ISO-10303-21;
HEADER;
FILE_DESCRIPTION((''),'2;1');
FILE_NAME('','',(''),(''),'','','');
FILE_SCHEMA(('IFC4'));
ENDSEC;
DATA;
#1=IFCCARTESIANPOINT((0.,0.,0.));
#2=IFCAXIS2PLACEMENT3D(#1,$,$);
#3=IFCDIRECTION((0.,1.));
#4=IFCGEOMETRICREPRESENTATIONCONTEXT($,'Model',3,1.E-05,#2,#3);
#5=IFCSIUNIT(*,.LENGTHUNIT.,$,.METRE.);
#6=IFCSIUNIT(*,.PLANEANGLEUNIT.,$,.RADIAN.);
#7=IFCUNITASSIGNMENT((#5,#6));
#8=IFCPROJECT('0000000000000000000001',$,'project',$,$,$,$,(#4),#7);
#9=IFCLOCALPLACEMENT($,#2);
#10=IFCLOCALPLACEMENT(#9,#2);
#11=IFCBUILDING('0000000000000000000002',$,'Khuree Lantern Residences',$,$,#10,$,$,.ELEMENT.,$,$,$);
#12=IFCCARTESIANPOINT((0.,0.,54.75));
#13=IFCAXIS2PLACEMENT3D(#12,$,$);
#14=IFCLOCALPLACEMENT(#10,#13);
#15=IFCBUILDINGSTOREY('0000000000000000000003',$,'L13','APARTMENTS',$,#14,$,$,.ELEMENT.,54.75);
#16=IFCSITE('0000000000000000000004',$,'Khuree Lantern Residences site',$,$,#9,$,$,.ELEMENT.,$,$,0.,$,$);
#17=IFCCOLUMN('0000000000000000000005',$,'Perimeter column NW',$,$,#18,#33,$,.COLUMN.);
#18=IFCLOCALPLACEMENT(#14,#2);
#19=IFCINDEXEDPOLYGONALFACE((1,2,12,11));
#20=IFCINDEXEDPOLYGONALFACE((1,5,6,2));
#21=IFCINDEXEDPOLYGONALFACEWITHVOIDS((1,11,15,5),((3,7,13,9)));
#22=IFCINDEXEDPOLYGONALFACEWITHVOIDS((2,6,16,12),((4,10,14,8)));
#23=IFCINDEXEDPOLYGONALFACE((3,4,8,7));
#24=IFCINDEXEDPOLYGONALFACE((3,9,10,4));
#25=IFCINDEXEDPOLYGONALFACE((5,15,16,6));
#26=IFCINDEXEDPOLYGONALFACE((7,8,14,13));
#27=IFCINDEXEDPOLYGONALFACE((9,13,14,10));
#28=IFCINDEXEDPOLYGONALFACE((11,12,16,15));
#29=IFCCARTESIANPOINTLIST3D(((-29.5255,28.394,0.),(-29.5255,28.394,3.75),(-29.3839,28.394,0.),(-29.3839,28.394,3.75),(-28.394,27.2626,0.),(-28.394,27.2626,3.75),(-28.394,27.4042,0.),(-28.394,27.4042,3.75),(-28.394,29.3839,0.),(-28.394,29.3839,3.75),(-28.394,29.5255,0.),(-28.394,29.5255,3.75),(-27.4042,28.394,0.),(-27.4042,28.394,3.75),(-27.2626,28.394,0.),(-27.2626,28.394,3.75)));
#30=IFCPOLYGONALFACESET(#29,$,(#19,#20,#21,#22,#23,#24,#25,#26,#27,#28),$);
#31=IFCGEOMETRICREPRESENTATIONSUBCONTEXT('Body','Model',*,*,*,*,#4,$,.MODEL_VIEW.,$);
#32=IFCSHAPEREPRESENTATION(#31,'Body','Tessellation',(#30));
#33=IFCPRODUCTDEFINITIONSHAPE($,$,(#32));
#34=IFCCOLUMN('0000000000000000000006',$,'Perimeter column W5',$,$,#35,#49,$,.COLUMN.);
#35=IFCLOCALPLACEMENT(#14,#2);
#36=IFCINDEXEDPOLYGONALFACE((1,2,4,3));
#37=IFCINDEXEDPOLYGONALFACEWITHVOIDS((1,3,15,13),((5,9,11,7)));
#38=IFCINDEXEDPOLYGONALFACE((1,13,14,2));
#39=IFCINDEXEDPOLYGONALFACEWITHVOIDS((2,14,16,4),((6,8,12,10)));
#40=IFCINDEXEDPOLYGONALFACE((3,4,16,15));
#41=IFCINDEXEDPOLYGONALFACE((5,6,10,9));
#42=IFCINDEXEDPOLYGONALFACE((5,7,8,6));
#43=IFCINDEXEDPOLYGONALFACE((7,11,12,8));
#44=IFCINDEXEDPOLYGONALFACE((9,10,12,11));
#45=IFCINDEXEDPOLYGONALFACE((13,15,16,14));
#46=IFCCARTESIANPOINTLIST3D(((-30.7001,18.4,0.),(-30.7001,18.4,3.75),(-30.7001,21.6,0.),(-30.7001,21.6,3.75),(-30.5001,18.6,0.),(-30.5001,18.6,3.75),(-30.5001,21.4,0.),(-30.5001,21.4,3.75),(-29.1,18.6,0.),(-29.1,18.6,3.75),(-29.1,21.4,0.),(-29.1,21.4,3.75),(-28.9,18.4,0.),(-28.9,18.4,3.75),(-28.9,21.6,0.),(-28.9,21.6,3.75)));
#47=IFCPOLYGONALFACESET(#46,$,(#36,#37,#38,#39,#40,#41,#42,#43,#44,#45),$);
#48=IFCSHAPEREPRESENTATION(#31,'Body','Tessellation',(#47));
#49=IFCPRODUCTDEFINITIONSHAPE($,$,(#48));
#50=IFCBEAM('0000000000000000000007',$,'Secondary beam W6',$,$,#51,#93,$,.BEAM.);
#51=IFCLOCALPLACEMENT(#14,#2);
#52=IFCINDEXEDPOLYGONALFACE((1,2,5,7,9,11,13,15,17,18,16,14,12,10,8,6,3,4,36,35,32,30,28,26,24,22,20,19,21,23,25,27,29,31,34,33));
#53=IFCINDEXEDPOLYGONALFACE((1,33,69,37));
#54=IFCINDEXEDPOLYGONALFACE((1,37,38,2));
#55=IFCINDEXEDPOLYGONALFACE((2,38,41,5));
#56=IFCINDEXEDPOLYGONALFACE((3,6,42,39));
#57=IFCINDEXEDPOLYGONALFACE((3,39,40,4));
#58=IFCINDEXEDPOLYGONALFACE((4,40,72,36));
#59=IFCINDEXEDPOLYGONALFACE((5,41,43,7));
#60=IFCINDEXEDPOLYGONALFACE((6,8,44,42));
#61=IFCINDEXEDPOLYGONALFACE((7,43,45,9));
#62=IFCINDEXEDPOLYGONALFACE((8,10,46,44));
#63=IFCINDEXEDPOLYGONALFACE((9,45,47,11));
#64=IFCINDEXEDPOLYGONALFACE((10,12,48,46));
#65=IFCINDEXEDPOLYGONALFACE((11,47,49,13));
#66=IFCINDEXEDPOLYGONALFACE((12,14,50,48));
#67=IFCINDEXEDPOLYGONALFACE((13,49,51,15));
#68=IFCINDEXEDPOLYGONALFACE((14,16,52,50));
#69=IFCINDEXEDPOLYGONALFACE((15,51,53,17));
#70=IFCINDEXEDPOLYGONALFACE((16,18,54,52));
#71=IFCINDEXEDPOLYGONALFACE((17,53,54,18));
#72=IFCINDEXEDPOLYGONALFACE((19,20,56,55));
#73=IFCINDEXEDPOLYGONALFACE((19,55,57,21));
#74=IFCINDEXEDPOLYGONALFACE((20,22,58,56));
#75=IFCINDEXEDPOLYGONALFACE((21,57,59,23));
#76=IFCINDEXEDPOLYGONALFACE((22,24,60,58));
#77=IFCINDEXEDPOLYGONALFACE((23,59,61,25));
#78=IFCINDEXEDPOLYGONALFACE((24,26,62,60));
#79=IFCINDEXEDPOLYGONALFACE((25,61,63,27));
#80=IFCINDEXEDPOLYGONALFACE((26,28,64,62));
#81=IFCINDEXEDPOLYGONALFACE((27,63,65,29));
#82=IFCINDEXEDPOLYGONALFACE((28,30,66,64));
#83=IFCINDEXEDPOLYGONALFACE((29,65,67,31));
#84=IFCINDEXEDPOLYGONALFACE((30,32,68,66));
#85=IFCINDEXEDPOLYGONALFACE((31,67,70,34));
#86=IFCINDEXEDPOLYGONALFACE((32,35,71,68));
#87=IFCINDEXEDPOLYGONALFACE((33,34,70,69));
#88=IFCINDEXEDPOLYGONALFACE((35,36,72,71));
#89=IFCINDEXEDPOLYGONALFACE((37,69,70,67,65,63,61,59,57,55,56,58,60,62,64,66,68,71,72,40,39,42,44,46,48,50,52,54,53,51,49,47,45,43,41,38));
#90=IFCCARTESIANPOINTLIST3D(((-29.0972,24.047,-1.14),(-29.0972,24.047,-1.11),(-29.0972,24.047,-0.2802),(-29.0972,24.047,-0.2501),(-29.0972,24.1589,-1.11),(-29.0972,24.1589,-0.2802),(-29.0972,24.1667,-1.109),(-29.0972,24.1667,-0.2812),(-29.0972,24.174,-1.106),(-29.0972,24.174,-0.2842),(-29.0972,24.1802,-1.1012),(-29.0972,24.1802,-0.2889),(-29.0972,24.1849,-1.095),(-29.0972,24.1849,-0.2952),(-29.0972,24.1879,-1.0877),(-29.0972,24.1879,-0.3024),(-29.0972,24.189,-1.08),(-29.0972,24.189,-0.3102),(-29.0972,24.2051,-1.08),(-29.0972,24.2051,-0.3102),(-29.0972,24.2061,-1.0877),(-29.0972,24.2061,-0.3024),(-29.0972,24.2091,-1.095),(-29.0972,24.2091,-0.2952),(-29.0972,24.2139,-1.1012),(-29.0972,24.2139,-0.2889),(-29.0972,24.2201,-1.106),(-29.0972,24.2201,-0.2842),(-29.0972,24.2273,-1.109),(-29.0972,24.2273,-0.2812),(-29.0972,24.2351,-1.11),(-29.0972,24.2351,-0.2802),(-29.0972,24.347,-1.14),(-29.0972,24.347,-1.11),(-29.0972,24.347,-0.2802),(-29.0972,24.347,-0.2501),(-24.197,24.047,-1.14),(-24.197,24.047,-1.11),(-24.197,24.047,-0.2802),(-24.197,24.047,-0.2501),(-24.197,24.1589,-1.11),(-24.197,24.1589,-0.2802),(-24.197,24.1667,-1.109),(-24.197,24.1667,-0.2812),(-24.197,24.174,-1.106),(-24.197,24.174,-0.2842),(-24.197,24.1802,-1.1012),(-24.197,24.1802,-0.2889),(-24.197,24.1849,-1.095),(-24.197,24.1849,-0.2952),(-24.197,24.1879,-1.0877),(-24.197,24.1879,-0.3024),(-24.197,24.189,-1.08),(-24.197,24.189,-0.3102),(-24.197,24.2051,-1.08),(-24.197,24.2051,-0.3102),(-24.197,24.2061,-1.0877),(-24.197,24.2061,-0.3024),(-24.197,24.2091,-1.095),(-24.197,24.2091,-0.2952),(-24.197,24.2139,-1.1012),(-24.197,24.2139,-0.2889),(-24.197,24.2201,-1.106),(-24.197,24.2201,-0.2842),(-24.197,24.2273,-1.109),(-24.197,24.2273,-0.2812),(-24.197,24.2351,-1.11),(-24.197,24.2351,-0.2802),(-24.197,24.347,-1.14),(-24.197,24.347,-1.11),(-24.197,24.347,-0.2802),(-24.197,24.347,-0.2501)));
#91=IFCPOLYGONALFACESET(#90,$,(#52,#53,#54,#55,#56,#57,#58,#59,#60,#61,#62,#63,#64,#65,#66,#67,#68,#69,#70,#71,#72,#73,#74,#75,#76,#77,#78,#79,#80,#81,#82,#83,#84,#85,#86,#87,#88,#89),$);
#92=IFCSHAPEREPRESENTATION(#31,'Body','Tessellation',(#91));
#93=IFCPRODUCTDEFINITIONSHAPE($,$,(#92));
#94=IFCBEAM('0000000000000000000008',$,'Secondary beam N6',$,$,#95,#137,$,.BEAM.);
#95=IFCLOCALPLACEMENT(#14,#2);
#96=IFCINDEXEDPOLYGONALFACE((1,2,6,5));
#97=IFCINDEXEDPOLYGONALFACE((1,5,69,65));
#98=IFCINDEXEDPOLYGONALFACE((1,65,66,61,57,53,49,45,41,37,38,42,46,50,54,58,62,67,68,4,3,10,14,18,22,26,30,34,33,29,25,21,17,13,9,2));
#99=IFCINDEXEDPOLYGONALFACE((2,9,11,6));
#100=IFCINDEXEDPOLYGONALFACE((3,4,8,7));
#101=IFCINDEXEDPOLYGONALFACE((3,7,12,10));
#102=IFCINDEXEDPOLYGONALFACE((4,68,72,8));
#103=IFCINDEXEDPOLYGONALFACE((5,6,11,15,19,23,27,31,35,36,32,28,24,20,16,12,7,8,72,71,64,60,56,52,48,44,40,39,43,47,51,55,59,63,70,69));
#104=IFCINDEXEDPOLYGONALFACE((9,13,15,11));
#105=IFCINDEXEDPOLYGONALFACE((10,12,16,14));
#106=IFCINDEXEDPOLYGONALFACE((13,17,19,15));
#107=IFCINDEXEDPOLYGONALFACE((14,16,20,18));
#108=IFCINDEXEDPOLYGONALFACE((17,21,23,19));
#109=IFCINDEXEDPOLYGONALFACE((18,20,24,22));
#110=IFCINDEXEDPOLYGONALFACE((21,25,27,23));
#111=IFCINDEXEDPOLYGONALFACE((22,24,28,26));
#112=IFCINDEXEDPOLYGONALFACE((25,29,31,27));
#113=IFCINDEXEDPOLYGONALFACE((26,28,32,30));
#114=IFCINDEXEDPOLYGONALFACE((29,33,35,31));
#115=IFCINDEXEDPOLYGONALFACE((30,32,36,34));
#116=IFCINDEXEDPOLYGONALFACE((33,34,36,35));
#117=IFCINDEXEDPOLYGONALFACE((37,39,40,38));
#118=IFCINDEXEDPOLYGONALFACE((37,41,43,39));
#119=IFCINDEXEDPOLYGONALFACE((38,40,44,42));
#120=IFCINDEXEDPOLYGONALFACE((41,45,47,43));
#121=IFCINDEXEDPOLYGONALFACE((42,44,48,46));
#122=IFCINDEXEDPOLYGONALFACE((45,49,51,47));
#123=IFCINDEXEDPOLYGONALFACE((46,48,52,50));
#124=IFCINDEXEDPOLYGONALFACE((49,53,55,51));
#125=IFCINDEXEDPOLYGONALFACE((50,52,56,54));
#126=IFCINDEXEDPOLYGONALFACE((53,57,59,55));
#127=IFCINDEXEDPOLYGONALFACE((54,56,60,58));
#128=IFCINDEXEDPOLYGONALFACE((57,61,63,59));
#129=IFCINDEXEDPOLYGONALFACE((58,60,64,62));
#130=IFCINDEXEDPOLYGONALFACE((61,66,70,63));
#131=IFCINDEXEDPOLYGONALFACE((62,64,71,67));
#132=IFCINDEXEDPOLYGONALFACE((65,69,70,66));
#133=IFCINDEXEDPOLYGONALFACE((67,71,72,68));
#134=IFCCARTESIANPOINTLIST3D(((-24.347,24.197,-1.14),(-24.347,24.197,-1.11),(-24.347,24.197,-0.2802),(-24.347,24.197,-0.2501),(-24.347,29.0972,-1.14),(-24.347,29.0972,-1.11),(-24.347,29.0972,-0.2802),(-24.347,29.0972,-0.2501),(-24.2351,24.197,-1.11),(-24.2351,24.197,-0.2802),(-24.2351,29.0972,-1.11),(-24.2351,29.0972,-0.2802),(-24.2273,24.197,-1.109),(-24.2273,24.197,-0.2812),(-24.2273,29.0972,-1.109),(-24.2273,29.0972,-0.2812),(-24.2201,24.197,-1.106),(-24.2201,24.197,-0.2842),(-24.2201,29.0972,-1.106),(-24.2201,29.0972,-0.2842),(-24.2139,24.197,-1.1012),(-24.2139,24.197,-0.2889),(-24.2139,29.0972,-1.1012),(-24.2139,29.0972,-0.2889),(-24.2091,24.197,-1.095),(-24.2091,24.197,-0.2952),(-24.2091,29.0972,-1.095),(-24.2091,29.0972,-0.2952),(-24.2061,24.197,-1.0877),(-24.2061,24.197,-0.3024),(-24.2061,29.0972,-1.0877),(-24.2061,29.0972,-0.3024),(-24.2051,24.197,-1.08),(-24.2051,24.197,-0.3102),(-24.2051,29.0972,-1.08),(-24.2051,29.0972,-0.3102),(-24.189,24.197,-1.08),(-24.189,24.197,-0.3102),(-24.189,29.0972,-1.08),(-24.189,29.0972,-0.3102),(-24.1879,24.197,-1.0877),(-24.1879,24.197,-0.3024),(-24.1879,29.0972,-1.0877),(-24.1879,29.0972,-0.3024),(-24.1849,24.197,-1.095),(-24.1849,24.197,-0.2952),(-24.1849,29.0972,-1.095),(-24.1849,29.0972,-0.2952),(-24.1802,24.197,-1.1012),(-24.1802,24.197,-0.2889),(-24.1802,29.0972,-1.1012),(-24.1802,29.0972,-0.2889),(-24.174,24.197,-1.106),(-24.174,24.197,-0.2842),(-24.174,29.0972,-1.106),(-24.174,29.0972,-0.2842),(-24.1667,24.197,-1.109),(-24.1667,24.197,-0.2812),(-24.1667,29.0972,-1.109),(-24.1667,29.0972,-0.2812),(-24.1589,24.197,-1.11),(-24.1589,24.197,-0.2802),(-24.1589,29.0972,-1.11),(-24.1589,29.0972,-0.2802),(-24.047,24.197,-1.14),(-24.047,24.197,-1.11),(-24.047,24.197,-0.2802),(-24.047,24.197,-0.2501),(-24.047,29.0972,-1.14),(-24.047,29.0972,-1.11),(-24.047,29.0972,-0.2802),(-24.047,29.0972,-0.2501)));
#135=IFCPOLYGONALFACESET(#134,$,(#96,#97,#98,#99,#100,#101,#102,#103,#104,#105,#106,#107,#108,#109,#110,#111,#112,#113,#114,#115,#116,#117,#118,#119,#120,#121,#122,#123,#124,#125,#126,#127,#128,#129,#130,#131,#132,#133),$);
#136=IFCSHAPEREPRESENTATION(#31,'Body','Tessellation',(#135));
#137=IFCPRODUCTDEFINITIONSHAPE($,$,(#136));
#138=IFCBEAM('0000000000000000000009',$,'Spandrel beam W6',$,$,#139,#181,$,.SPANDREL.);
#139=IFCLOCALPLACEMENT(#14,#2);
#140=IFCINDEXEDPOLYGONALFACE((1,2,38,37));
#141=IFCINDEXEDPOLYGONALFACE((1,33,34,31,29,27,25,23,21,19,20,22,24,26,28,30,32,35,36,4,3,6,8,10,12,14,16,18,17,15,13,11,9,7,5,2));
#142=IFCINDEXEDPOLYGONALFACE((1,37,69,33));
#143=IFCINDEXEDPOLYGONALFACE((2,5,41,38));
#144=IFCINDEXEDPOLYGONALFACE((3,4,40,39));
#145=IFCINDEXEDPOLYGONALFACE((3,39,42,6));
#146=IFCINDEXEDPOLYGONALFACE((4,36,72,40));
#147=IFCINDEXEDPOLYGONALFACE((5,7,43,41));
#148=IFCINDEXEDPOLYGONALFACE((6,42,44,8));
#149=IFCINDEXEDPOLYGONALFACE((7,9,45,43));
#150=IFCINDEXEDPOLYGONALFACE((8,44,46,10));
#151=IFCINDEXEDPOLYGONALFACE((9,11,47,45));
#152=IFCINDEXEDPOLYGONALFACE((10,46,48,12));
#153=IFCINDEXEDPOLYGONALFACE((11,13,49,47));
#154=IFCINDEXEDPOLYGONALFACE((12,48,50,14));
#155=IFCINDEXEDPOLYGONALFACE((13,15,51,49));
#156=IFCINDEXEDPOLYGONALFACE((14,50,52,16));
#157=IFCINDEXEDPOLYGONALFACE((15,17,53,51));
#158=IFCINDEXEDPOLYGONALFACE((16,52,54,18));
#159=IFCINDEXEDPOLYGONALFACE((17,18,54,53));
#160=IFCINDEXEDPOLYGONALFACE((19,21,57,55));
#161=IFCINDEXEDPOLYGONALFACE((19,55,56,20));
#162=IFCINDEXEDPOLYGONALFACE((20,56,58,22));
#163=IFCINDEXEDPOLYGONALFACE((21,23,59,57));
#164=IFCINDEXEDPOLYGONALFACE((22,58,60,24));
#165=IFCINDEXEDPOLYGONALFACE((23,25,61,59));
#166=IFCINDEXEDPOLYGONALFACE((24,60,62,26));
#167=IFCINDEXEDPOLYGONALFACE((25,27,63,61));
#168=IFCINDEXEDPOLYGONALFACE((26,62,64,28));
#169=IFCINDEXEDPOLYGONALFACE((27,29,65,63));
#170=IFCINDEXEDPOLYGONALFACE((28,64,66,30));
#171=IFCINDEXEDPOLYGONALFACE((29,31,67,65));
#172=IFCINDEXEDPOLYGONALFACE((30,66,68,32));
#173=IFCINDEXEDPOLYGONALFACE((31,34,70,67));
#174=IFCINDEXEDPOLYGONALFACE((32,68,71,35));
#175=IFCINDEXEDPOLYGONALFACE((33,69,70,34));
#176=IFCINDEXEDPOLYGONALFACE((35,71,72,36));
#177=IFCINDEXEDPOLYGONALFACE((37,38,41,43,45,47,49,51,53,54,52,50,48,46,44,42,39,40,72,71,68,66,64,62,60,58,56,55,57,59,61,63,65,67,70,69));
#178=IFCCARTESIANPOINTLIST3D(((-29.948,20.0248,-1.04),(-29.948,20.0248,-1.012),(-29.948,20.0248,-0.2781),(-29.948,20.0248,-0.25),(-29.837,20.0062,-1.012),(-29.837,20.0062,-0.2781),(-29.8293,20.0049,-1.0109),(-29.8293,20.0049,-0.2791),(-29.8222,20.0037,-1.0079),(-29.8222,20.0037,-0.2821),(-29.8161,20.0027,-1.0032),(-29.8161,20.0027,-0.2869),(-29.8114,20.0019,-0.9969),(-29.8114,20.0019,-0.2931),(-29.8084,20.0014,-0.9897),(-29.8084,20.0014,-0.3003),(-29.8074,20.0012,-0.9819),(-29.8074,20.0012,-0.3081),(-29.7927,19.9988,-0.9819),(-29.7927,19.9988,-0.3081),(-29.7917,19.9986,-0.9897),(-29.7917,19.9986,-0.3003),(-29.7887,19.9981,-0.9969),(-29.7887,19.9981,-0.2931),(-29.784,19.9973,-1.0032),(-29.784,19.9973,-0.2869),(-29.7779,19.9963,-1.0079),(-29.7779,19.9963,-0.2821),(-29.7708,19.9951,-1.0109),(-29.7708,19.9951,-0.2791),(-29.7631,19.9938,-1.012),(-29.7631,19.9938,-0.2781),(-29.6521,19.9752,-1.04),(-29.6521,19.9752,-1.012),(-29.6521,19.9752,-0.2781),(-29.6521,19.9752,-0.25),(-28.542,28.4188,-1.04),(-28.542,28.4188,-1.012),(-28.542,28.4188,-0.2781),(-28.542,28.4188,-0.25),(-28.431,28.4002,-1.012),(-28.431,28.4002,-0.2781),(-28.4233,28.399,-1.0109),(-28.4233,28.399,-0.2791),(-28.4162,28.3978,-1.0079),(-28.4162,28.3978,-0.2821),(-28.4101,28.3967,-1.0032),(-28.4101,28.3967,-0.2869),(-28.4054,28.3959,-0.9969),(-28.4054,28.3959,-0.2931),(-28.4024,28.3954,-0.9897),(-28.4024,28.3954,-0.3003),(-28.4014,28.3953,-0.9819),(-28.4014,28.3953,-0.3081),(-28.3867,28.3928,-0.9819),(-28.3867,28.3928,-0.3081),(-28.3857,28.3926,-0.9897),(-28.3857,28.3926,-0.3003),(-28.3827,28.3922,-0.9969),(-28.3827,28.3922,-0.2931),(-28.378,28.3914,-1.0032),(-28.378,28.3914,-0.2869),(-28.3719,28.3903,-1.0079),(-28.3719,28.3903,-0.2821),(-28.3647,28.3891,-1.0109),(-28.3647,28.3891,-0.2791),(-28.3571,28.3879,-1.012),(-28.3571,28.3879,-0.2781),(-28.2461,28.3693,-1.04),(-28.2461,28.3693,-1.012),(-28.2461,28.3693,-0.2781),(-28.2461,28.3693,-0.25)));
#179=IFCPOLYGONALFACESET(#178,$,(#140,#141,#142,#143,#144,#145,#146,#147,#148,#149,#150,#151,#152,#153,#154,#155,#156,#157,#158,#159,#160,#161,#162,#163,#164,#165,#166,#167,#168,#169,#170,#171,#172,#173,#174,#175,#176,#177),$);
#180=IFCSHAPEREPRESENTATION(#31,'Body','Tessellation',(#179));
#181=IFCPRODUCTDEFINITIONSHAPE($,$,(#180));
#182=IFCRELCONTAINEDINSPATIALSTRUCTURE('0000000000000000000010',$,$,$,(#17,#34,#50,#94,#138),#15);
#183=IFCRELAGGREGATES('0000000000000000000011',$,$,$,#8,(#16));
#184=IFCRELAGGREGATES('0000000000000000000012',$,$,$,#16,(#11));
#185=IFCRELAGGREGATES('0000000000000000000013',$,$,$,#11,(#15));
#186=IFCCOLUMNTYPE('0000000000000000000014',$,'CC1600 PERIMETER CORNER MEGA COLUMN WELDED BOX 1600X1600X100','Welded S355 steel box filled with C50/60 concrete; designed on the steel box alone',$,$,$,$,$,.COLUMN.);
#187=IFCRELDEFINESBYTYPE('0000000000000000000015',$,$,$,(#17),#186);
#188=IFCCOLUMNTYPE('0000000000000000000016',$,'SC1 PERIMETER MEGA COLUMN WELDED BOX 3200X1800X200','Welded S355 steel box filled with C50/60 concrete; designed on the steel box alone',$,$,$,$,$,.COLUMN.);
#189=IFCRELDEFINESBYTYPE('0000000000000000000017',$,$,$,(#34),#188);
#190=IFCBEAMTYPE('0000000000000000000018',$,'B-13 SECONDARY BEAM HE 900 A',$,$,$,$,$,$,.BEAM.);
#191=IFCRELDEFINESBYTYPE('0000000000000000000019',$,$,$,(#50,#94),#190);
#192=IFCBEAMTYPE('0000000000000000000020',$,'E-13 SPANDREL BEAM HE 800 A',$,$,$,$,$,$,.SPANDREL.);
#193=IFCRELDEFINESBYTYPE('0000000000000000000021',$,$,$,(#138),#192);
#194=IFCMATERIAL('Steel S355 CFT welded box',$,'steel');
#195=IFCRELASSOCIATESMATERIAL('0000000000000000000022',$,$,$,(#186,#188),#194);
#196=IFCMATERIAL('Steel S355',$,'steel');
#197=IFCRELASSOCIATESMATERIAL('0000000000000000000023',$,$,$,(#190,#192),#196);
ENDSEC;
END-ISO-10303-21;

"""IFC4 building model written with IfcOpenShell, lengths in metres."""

from ifc_helpers import new_model, si_unit, direction, frame, origin, origin_2d, place, context, subcontext, project, spatial, hollow_rectangle, i_section, extrude, material, material_profile, profile_set, type_object, element, save


model = new_model("IFC4")

# Units and contexts
model_context = context("Model", 3, precision=1e-05, world=origin(), true_north=direction((0.0, 1.0)))
body_context = subcontext(model_context, "Body", "Model", "MODEL_VIEW")
ifc_project = project(units=[si_unit("LENGTHUNIT", "METRE"), si_unit("PLANEANGLEUNIT", "RADIAN")], contexts=[model_context])

# Site, building, storey
site_placement = place(None, origin())
site = spatial("IfcSite", under=ifc_project, at=site_placement, Name="Khuree Lantern Residences site", CompositionType="ELEMENT", RefElevation=0.0)
building_placement = place(site_placement, origin())
building = spatial("IfcBuilding", under=site, at=building_placement, Name="Khuree Lantern Residences", CompositionType="ELEMENT")
storey_placement = place(building_placement, frame((0.0, 0.0, 54.75)))
storey = spatial("IfcBuildingStorey", under=building, at=storey_placement, Name="L13", Description="APARTMENTS", CompositionType="ELEMENT", Elevation=54.75)

# Columns
ifc_material_1 = material(Name="Steel S355 CFT welded box", Category="steel")
ifc_material_profile_1 = material_profile(ifc_material_1, hollow_rectangle(XDim=1.6001, YDim=1.6001, WallThickness=0.1001, at=origin_2d()), Name="WELDED BOX 1600X1600X100")
ifc_profile_set_1 = profile_set([ifc_material_profile_1], Name="Steel S355 CFT welded box")
column_type_1 = type_object("IfcColumnType", Name="CC1600 PERIMETER CORNER MEGA COLUMN WELDED BOX 1600X1600X100", Description="Welded S355 steel box filled with C50/60 concrete; designed on the steel box alone", PredefinedType="COLUMN", material=ifc_profile_set_1)
column_1_placement = place(storey_placement, frame((-28.394, 28.394, 0.0), z_axis=(0.0, 0.0, 1.0), x_axis=(0.707107, 0.707107, 0.0)))
element("IfcColumn", 1, at=column_1_placement, inside=storey, type_object=column_type_1, Name="Perimeter column NW", PredefinedType="COLUMN", context=body_context, shape_type="SweptSolid", body=[
    extrude(hollow_rectangle(XDim=1.6001, YDim=1.6001, WallThickness=0.1001, at=origin_2d()), origin(), (0.0, 0.0, 1.0), 3.75),
])
ifc_material_profile_2 = material_profile(ifc_material_1, hollow_rectangle(XDim=3.2, YDim=1.8, WallThickness=0.2, at=origin_2d()), Name="WELDED BOX 3200X1800X200")
ifc_profile_set_2 = profile_set([ifc_material_profile_2], Name="Steel S355 CFT welded box")
column_type_2 = type_object("IfcColumnType", Name="SC1 PERIMETER MEGA COLUMN WELDED BOX 3200X1800X200", Description="Welded S355 steel box filled with C50/60 concrete; designed on the steel box alone", PredefinedType="COLUMN", material=ifc_profile_set_2)
column_2_placement = place(storey_placement, frame((-29.8, 20.0, 0.0), z_axis=(0.0, 0.0, 1.0), x_axis=(0.0, 1.0, 0.0)))
element("IfcColumn", 2, at=column_2_placement, inside=storey, type_object=column_type_2, Name="Perimeter column W5", PredefinedType="COLUMN", context=body_context, shape_type="SweptSolid", body=[
    extrude(hollow_rectangle(XDim=3.2, YDim=1.8, WallThickness=0.2, at=origin_2d()), origin(), (0.0, 0.0, 1.0), 3.75),
])

# Beams
ifc_material_2 = material(Name="Steel S355", Category="steel")
ifc_material_profile_3 = material_profile(ifc_material_2, i_section(OverallWidth=0.3, OverallDepth=0.8899, WebThickness=0.0161, FlangeThickness=0.03, FilletRadius=0.03, at=origin_2d()), Name="HE 900 A")
ifc_profile_set_3 = profile_set([ifc_material_profile_3], Name="Steel S355")
beam_type_1 = type_object("IfcBeamType", Name="B-13 SECONDARY BEAM HE 900 A", PredefinedType="BEAM", material=ifc_profile_set_3)
for number, where, z_axis, x_axis, name in (
    (3, (-29.0972, 24.197, -0.6951), (1.0, 0.0, 0.0), (0.0, 1.0, 0.0), "Secondary beam W6"),
    (4, (-24.197, 29.0972, -0.6951), (0.0, -1.0, 0.0), (1.0, 0.0, 0.0), "Secondary beam N6"),
):
    element("IfcBeam", number, at=place(storey_placement, frame(where, z_axis=z_axis, x_axis=x_axis)), inside=storey, type_object=beam_type_1, Name=name, PredefinedType="BEAM", context=body_context, shape_type="SweptSolid", body=[
        extrude(i_section(OverallWidth=0.3, OverallDepth=0.8899, WebThickness=0.0161, FlangeThickness=0.03, FilletRadius=0.03, at=origin_2d()), origin(), (0.0, 0.0, 1.0), 4.9001),
    ])
ifc_material_profile_4 = material_profile(ifc_material_2, i_section(OverallWidth=0.3, OverallDepth=0.79, WebThickness=0.0149, FlangeThickness=0.0281, FilletRadius=0.03, at=origin_2d()), Name="HE 800 A")
ifc_profile_set_4 = profile_set([ifc_material_profile_4], Name="Steel S355")
beam_type_2 = type_object("IfcBeamType", Name="E-13 SPANDREL BEAM HE 800 A", PredefinedType="SPANDREL", material=ifc_profile_set_4)
for number, where, z_axis, x_axis, name in (
    (5, (-29.8, 20.0, -0.645), (0.165199, 0.98626, 0.0), (-0.98626, 0.165199, 0.0), "Spandrel beam W6"),
):
    element("IfcBeam", number, at=place(storey_placement, frame(where, z_axis=z_axis, x_axis=x_axis)), inside=storey, type_object=beam_type_2, Name=name, PredefinedType="SPANDREL", context=body_context, shape_type="SweptSolid", body=[
        extrude(i_section(OverallWidth=0.3, OverallDepth=0.79, WebThickness=0.0149, FlangeThickness=0.0281, FilletRadius=0.03, at=origin_2d()), origin(), (0.0, 0.0, 1.0), 8.511),
    ])

save(model, "model.ifc")
